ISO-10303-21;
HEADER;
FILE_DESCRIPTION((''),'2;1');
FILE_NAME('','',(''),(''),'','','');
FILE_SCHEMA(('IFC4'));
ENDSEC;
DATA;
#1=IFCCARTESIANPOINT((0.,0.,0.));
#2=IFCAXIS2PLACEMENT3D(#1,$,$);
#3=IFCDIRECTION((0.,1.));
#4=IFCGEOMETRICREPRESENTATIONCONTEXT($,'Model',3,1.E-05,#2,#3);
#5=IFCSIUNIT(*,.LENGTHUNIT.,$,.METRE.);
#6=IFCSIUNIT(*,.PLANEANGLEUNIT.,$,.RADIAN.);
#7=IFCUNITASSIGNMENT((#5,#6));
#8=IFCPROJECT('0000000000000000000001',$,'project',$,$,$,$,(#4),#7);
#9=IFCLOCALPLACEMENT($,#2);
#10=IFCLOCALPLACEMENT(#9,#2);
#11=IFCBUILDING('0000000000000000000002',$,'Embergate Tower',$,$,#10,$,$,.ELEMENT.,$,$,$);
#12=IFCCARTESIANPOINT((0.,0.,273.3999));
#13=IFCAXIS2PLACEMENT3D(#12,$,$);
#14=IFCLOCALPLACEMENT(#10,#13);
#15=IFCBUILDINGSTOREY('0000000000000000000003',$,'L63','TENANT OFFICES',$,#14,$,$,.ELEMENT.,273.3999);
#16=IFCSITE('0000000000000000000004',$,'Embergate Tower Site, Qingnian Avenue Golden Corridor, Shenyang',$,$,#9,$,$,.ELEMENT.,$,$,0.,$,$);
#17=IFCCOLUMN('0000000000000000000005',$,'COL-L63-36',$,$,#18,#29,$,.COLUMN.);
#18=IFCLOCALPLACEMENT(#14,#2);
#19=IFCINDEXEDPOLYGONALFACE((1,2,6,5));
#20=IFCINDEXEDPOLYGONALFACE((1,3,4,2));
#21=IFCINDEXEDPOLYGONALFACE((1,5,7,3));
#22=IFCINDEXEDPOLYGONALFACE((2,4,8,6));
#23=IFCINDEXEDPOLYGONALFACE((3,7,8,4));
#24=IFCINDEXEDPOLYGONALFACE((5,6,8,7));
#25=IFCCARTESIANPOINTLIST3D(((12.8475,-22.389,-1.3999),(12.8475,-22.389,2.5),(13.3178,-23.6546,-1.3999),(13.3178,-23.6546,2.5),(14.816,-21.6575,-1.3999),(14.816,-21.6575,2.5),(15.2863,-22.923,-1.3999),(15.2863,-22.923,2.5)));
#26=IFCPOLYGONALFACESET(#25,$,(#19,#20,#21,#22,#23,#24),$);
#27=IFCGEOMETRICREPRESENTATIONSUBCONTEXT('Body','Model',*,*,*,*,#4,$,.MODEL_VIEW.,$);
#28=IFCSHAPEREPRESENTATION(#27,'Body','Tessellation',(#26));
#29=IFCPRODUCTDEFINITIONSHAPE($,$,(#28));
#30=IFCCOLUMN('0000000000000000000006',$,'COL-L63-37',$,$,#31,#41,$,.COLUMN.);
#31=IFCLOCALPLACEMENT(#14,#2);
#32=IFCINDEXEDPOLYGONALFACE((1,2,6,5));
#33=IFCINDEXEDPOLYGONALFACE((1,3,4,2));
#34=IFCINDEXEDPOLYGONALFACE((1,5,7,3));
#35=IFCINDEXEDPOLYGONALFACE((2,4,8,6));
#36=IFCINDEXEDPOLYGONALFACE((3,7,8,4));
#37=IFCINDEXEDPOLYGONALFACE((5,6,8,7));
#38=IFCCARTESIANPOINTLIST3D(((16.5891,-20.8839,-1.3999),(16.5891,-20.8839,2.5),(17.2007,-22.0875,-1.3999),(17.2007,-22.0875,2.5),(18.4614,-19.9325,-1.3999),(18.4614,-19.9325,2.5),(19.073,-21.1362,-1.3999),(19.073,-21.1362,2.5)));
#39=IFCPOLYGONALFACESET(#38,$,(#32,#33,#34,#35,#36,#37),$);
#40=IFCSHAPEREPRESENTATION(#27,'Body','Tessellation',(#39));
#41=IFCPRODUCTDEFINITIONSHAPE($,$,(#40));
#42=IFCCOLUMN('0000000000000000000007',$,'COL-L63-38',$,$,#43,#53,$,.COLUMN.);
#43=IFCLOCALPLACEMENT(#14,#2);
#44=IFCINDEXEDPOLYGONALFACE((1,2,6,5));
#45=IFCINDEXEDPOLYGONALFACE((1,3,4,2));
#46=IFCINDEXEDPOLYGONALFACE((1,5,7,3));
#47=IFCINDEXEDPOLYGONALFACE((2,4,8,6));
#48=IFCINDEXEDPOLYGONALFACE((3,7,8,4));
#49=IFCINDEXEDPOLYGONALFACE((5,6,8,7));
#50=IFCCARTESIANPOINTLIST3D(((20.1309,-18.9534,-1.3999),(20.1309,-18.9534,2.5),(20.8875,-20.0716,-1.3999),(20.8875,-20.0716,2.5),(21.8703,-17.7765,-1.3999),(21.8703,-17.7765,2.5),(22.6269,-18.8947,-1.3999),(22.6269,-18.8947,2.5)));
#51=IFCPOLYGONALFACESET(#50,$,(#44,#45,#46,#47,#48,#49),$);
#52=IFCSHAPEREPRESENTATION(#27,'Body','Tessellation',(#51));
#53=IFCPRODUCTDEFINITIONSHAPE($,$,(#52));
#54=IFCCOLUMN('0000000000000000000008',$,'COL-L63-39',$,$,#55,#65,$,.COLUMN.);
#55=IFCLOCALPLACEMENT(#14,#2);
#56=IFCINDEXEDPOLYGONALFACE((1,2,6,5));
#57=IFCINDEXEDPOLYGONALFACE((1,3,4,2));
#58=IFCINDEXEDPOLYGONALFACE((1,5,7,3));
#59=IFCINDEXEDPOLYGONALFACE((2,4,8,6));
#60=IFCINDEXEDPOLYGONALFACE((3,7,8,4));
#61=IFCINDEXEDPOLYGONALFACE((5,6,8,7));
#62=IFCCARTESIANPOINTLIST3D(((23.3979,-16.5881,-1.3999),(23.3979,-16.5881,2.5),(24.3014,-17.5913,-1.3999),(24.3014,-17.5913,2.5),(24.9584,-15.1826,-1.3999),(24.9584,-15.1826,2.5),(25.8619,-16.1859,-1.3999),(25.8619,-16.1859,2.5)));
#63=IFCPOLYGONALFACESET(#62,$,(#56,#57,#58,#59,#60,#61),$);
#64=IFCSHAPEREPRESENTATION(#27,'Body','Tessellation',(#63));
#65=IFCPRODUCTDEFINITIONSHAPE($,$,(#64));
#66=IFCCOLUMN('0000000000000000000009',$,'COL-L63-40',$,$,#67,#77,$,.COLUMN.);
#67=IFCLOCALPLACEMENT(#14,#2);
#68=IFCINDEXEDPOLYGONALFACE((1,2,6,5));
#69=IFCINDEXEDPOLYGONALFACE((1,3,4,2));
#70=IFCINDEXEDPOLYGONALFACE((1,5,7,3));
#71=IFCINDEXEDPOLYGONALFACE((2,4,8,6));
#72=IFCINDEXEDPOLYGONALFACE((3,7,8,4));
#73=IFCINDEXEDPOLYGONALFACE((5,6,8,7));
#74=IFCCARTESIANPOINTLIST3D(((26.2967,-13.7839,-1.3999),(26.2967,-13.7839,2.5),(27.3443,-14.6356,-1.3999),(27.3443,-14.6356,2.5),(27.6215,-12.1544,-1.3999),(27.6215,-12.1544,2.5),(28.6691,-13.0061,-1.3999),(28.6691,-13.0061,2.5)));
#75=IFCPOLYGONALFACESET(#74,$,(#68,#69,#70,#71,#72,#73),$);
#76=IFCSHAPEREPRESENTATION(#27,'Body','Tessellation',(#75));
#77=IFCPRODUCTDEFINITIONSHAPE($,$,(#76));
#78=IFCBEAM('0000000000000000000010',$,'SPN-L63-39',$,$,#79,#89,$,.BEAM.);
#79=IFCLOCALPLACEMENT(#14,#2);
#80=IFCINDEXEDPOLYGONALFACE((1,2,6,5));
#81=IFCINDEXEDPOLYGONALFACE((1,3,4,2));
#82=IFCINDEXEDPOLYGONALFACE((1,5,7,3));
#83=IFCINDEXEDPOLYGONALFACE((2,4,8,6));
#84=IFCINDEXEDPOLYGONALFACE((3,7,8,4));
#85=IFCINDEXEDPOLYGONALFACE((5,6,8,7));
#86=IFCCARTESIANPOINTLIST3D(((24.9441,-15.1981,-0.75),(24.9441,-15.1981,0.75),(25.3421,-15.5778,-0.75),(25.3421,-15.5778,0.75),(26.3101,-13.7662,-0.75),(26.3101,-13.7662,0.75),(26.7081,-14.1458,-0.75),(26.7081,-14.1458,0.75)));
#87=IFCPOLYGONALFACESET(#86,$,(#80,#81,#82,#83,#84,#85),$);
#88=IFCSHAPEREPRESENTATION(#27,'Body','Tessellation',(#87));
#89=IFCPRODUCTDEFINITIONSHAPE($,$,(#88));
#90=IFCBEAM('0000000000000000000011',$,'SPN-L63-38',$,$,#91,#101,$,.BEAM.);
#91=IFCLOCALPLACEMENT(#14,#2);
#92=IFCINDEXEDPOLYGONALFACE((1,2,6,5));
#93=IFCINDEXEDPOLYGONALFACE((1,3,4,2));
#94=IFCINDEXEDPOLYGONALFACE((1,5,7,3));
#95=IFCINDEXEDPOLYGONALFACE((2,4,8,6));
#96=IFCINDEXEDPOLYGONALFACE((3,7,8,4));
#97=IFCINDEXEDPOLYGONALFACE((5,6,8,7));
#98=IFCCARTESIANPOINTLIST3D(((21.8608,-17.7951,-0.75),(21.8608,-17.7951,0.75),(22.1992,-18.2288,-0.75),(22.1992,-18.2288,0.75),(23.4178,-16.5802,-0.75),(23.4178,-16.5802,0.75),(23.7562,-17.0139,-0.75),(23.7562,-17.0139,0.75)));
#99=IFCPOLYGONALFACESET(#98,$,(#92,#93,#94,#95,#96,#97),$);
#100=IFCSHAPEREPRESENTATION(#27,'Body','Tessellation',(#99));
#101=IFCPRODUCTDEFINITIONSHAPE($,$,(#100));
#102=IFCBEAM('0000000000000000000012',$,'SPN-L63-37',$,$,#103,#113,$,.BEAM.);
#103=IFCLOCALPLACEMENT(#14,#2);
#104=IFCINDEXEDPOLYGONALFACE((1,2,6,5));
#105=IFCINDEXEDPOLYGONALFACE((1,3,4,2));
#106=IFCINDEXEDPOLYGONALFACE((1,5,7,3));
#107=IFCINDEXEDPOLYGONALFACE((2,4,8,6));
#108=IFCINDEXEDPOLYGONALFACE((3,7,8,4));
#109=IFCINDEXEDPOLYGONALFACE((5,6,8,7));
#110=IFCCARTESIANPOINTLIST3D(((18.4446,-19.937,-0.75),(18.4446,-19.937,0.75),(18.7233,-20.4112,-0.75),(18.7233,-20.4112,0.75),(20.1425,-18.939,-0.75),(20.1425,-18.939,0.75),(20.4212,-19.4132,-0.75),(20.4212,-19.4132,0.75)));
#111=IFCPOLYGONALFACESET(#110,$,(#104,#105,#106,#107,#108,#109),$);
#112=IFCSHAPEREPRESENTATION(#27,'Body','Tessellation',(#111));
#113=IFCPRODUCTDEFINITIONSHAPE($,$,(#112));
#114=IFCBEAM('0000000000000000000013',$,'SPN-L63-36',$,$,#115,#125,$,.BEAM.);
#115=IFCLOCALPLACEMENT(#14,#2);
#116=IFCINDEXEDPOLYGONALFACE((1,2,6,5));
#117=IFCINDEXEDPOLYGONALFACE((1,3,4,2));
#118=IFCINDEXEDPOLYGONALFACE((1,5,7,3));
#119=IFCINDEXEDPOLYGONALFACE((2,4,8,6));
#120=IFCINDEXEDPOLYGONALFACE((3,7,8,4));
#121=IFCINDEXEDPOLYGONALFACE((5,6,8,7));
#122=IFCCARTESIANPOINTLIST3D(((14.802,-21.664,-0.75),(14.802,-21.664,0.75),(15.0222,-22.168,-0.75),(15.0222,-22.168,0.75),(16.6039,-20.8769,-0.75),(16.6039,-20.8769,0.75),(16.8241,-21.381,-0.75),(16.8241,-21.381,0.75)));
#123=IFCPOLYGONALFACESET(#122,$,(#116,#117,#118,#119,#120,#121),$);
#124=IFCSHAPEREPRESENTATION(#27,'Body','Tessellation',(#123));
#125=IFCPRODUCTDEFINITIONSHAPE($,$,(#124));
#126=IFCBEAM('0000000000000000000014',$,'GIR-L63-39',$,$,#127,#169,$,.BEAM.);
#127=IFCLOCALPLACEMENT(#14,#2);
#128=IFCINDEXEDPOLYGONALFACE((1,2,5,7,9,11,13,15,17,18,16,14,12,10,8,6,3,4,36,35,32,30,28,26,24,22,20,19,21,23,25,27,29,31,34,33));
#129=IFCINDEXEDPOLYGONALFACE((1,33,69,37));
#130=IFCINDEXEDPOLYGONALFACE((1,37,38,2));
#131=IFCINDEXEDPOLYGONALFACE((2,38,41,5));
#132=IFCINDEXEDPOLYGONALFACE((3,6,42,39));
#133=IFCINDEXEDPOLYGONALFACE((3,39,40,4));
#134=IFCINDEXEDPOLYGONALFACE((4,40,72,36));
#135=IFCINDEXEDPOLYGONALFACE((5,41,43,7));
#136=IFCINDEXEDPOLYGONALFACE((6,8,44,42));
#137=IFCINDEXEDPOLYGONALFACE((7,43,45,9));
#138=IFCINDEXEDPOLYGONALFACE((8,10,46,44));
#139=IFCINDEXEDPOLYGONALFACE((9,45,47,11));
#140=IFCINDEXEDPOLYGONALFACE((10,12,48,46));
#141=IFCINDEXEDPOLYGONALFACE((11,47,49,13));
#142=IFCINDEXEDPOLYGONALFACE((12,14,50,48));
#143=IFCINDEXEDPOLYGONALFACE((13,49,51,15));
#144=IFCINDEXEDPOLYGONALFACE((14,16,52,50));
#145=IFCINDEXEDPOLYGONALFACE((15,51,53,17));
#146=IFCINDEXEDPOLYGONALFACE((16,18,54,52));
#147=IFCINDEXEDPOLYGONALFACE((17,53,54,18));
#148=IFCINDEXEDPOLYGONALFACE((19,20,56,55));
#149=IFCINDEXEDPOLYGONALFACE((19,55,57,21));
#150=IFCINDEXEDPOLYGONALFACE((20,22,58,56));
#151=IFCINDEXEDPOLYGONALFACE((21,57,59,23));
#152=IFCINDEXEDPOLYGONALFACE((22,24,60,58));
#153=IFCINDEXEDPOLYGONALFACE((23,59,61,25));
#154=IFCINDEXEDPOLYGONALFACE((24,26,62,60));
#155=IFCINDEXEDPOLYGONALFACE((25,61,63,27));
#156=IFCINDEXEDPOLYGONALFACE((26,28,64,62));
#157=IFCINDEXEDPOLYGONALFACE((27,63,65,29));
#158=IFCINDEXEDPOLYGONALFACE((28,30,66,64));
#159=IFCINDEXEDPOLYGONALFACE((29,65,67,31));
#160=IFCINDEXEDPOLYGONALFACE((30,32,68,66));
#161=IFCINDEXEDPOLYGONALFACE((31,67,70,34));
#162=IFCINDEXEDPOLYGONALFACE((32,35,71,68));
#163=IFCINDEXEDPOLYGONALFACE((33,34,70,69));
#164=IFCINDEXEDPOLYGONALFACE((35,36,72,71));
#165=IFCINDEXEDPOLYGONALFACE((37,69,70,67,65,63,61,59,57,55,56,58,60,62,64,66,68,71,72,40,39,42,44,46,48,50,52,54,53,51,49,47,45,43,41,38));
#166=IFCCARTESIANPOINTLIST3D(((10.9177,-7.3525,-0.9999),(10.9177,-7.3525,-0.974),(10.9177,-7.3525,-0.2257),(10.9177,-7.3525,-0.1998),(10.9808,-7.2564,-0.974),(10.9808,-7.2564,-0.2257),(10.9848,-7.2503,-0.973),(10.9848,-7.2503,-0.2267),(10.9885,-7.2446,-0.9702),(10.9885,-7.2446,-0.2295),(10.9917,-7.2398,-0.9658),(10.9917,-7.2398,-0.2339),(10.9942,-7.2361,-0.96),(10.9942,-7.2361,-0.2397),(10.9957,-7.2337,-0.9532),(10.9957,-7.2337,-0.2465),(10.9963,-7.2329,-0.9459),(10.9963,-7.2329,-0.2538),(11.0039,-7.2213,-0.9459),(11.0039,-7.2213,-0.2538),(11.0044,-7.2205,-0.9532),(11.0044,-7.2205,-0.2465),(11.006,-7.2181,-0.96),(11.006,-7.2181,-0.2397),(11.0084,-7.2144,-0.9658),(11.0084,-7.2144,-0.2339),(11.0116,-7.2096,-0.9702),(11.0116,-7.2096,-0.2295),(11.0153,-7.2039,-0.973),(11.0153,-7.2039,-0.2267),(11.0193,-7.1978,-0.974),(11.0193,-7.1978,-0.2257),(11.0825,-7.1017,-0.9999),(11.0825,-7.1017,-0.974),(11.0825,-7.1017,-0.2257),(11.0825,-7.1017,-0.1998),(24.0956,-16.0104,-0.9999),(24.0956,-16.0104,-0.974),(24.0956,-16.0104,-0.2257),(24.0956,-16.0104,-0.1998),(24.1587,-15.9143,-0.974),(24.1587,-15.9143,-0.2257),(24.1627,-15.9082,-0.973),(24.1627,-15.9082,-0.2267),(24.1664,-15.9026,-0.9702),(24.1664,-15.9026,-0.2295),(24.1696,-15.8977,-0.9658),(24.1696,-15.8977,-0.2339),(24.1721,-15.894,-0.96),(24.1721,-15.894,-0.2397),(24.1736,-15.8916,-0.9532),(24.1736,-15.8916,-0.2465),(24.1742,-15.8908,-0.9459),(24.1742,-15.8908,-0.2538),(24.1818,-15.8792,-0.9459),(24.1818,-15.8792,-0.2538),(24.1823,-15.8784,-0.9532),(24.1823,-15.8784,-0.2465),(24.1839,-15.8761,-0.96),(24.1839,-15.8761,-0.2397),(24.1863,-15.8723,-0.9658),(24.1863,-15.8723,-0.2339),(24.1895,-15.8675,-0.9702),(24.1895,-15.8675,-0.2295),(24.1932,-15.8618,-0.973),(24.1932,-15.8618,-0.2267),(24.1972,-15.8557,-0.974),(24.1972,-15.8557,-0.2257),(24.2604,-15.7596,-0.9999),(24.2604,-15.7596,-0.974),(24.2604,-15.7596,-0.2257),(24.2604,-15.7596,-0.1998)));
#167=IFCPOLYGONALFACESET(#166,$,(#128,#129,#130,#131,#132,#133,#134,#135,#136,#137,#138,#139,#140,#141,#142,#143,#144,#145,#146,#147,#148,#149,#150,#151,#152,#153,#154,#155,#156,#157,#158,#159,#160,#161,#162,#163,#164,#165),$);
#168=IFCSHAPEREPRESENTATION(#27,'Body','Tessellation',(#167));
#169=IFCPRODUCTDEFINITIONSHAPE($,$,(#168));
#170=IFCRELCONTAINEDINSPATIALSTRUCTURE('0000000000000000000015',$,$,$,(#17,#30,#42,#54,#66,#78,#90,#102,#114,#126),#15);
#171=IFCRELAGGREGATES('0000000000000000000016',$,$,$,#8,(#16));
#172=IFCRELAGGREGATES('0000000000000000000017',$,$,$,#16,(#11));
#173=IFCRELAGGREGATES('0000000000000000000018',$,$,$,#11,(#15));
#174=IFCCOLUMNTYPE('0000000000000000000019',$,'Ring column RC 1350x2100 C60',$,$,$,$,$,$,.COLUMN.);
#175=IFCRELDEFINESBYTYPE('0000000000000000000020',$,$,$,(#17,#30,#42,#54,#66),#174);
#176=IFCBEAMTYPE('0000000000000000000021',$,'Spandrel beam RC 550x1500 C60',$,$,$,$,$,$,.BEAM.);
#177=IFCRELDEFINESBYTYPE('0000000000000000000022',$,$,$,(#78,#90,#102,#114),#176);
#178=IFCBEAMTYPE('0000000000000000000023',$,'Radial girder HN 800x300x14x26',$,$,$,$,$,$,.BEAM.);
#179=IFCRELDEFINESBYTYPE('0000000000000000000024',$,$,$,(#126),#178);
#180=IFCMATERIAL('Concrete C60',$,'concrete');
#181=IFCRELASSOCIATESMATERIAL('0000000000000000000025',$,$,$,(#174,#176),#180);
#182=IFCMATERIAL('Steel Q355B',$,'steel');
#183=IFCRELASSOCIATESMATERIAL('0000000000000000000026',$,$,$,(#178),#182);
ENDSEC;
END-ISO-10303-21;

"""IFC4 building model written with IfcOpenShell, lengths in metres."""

from ifc_helpers import new_model, si_unit, direction, frame, origin, origin_2d, place, context, subcontext, project, spatial, rectangle, i_section, extrude, source, transform, mapped, material, material_profile, profile_set, type_object, element, save


model = new_model("IFC4")

# Units and contexts
model_context = context("Model", 3, precision=1e-05, world=origin(), true_north=direction((0.0, 1.0)))
body_context = subcontext(model_context, "Body", "Model", "MODEL_VIEW")
ifc_project = project(units=[si_unit("LENGTHUNIT", "METRE"), si_unit("PLANEANGLEUNIT", "RADIAN")], contexts=[model_context])

# Site, building, storey
site_placement = place(None, origin())
site = spatial("IfcSite", under=ifc_project, at=site_placement, Name="Embergate Tower Site, Qingnian Avenue Golden Corridor, Shenyang", CompositionType="ELEMENT", RefElevation=0.0)
building_placement = place(site_placement, origin())
building = spatial("IfcBuilding", under=site, at=building_placement, Name="Embergate Tower", CompositionType="ELEMENT")
storey_placement = place(building_placement, frame((0.0, 0.0, 273.3999)))
storey = spatial("IfcBuildingStorey", under=building, at=storey_placement, Name="L63", Description="TENANT OFFICES", CompositionType="ELEMENT", Elevation=273.3999)

# Columns
ifc_material_1 = material(Name="Concrete C60", Category="concrete")
ifc_material_profile_1 = material_profile(ifc_material_1, rectangle(XDim=1.3501, YDim=2.1001, at=origin_2d()), Name="RC 1350x2100")
ifc_profile_set_1 = profile_set([ifc_material_profile_1], Name="Concrete C60")
column_type = type_object("IfcColumnType", Name="Ring column RC 1350x2100 C60", PredefinedType="COLUMN", material=ifc_profile_set_1)
shared_shape_1 = source(origin(), body_context, "Body", "SweptSolid", [
    extrude(rectangle(XDim=1.3501, YDim=2.1001, at=origin_2d()), origin(), (0.0, 0.0, 1.0), 3.8999),
])
for number, where, z_axis, x_axis, name in (
    (1, (14.0669, -22.656, -1.3999), (0.0, 0.0, 1.0), (0.348343, -0.937367, 0.0), "COL-L63-36"),
    (2, (17.8311, -21.01, -1.3999), (0.0, 0.0, 1.0), (0.452995, -0.891513, 0.0), "COL-L63-37"),
    (3, (21.3789, -18.9241, -1.3999), (0.0, 0.0, 1.0), (0.560393, -0.828227, 0.0), "COL-L63-38"),
    (4, (24.6299, -16.387, -1.3999), (0.0, 0.0, 1.0), (0.669208, -0.743075, 0.0), "COL-L63-39"),
    (5, (27.4829, -13.395, -1.3999), (0.0, 0.0, 1.0), (0.775914, -0.630838, 0.0), "COL-L63-40"),
):
    element("IfcColumn", number, at=place(storey_placement, frame(where, z_axis=z_axis, x_axis=x_axis)), inside=storey, type_object=column_type, Name=name, PredefinedType="COLUMN", context=body_context, shape_type="MappedRepresentation", body=[
        mapped(shared_shape_1, transform((0.0, 0.0, 0.0))),
    ])

# Beams
ifc_material_profile_2 = material_profile(ifc_material_1, rectangle(XDim=0.55, YDim=1.5, at=origin_2d()), Name="RC 550x1500")
ifc_profile_set_2 = profile_set([ifc_material_profile_2], Name="Concrete C60")
beam_type_1 = type_object("IfcBeamType", Name="Spandrel beam RC 550x1500 C60", PredefinedType="BEAM", material=ifc_profile_set_2)
shared_shape_2 = source(origin(), body_context, "Body", "SweptSolid", [
    extrude(rectangle(XDim=0.55, YDim=1.5, at=origin_2d()), origin(), (0.0, 0.0, 1.0), 1.979),
])
beam_1_placement = place(storey_placement, frame((25.1431, -15.3879, 0.0), z_axis=(0.690256, 0.723566, 0.0), x_axis=(-0.723566, 0.690256, 0.0)))
element("IfcBeam", 6, at=beam_1_placement, inside=storey, type_object=beam_type_1, Name="SPN-L63-39", PredefinedType="BEAM", context=body_context, shape_type="MappedRepresentation", body=[
    mapped(shared_shape_2, transform((0.0, 0.0, 0.0))),
])
shared_shape_3 = source(origin(), body_context, "Body", "SweptSolid", [
    extrude(rectangle(XDim=0.55, YDim=1.5, at=origin_2d()), origin(), (0.0, 0.0, 1.0), 1.9749),
])
beam_2_placement = place(storey_placement, frame((22.03, -18.012, 0.0), z_axis=(0.788386, 0.615181, 0.0), x_axis=(-0.615181, 0.788386, 0.0)))
element("IfcBeam", 7, at=beam_2_placement, inside=storey, type_object=beam_type_1, Name="SPN-L63-38", PredefinedType="BEAM", context=body_context, shape_type="MappedRepresentation", body=[
    mapped(shared_shape_3, transform((0.0, 0.0, 0.0))),
])
shared_shape_4 = source(origin(), body_context, "Body", "SweptSolid", [
    extrude(rectangle(XDim=0.55, YDim=1.5, at=origin_2d()), origin(), (0.0, 0.0, 1.0), 1.9695),
])
beam_3_placement = place(storey_placement, frame((18.584, -20.1741, 0.0), z_axis=(0.862106, 0.506728, 0.0), x_axis=(-0.506728, 0.862106, 0.0)))
element("IfcBeam", 8, at=beam_3_placement, inside=storey, type_object=beam_type_1, Name="SPN-L63-37", PredefinedType="BEAM", context=body_context, shape_type="MappedRepresentation", body=[
    mapped(shared_shape_4, transform((0.0, 0.0, 0.0))),
])
shared_shape_5 = source(origin(), body_context, "Body", "SweptSolid", [
    extrude(rectangle(XDim=0.55, YDim=1.5, at=origin_2d()), origin(), (0.0, 0.0, 1.0), 1.9663),
])
beam_4_placement = place(storey_placement, frame((14.9121, -21.916, 0.0), z_axis=(0.916394, 0.400278, 0.0), x_axis=(-0.400278, 0.916394, 0.0)))
element("IfcBeam", 9, at=beam_4_placement, inside=storey, type_object=beam_type_1, Name="SPN-L63-36", PredefinedType="BEAM", context=body_context, shape_type="MappedRepresentation", body=[
    mapped(shared_shape_5, transform((0.0, 0.0, 0.0))),
])
ifc_material_2 = material(Name="Steel Q355B", Category="steel")
ifc_material_profile_3 = material_profile(ifc_material_2, i_section(OverallWidth=0.3, OverallDepth=0.8, WebThickness=0.0139, FlangeThickness=0.0259, FilletRadius=0.0281, at=origin_2d()), Name="HN 800x300x14x26")
ifc_profile_set_3 = profile_set([ifc_material_profile_3], Name="Steel Q355 grade B")
beam_type_2 = type_object("IfcBeamType", Name="Radial girder HN 800x300x14x26", PredefinedType="BEAM", material=ifc_profile_set_3)
shared_shape_6 = source(origin(), body_context, "Body", "SweptSolid", [
    extrude(i_section(OverallWidth=0.3, OverallDepth=0.8, WebThickness=0.0139, FlangeThickness=0.0259, FilletRadius=0.0281, at=origin_2d()), origin(), (0.0, 0.0, 1.0), 15.7676),
])
beam_5_placement = place(storey_placement, frame((24.178, -15.885, -0.5999), z_axis=(-0.835759, 0.549096, 0.0), x_axis=(-0.549096, -0.835759, 0.0)))
element("IfcBeam", 10, at=beam_5_placement, inside=storey, type_object=beam_type_2, Name="GIR-L63-39", PredefinedType="BEAM", context=body_context, shape_type="MappedRepresentation", body=[
    mapped(shared_shape_6, transform((0.0, 0.0, 0.0))),
])

save(model, "model.ifc")
